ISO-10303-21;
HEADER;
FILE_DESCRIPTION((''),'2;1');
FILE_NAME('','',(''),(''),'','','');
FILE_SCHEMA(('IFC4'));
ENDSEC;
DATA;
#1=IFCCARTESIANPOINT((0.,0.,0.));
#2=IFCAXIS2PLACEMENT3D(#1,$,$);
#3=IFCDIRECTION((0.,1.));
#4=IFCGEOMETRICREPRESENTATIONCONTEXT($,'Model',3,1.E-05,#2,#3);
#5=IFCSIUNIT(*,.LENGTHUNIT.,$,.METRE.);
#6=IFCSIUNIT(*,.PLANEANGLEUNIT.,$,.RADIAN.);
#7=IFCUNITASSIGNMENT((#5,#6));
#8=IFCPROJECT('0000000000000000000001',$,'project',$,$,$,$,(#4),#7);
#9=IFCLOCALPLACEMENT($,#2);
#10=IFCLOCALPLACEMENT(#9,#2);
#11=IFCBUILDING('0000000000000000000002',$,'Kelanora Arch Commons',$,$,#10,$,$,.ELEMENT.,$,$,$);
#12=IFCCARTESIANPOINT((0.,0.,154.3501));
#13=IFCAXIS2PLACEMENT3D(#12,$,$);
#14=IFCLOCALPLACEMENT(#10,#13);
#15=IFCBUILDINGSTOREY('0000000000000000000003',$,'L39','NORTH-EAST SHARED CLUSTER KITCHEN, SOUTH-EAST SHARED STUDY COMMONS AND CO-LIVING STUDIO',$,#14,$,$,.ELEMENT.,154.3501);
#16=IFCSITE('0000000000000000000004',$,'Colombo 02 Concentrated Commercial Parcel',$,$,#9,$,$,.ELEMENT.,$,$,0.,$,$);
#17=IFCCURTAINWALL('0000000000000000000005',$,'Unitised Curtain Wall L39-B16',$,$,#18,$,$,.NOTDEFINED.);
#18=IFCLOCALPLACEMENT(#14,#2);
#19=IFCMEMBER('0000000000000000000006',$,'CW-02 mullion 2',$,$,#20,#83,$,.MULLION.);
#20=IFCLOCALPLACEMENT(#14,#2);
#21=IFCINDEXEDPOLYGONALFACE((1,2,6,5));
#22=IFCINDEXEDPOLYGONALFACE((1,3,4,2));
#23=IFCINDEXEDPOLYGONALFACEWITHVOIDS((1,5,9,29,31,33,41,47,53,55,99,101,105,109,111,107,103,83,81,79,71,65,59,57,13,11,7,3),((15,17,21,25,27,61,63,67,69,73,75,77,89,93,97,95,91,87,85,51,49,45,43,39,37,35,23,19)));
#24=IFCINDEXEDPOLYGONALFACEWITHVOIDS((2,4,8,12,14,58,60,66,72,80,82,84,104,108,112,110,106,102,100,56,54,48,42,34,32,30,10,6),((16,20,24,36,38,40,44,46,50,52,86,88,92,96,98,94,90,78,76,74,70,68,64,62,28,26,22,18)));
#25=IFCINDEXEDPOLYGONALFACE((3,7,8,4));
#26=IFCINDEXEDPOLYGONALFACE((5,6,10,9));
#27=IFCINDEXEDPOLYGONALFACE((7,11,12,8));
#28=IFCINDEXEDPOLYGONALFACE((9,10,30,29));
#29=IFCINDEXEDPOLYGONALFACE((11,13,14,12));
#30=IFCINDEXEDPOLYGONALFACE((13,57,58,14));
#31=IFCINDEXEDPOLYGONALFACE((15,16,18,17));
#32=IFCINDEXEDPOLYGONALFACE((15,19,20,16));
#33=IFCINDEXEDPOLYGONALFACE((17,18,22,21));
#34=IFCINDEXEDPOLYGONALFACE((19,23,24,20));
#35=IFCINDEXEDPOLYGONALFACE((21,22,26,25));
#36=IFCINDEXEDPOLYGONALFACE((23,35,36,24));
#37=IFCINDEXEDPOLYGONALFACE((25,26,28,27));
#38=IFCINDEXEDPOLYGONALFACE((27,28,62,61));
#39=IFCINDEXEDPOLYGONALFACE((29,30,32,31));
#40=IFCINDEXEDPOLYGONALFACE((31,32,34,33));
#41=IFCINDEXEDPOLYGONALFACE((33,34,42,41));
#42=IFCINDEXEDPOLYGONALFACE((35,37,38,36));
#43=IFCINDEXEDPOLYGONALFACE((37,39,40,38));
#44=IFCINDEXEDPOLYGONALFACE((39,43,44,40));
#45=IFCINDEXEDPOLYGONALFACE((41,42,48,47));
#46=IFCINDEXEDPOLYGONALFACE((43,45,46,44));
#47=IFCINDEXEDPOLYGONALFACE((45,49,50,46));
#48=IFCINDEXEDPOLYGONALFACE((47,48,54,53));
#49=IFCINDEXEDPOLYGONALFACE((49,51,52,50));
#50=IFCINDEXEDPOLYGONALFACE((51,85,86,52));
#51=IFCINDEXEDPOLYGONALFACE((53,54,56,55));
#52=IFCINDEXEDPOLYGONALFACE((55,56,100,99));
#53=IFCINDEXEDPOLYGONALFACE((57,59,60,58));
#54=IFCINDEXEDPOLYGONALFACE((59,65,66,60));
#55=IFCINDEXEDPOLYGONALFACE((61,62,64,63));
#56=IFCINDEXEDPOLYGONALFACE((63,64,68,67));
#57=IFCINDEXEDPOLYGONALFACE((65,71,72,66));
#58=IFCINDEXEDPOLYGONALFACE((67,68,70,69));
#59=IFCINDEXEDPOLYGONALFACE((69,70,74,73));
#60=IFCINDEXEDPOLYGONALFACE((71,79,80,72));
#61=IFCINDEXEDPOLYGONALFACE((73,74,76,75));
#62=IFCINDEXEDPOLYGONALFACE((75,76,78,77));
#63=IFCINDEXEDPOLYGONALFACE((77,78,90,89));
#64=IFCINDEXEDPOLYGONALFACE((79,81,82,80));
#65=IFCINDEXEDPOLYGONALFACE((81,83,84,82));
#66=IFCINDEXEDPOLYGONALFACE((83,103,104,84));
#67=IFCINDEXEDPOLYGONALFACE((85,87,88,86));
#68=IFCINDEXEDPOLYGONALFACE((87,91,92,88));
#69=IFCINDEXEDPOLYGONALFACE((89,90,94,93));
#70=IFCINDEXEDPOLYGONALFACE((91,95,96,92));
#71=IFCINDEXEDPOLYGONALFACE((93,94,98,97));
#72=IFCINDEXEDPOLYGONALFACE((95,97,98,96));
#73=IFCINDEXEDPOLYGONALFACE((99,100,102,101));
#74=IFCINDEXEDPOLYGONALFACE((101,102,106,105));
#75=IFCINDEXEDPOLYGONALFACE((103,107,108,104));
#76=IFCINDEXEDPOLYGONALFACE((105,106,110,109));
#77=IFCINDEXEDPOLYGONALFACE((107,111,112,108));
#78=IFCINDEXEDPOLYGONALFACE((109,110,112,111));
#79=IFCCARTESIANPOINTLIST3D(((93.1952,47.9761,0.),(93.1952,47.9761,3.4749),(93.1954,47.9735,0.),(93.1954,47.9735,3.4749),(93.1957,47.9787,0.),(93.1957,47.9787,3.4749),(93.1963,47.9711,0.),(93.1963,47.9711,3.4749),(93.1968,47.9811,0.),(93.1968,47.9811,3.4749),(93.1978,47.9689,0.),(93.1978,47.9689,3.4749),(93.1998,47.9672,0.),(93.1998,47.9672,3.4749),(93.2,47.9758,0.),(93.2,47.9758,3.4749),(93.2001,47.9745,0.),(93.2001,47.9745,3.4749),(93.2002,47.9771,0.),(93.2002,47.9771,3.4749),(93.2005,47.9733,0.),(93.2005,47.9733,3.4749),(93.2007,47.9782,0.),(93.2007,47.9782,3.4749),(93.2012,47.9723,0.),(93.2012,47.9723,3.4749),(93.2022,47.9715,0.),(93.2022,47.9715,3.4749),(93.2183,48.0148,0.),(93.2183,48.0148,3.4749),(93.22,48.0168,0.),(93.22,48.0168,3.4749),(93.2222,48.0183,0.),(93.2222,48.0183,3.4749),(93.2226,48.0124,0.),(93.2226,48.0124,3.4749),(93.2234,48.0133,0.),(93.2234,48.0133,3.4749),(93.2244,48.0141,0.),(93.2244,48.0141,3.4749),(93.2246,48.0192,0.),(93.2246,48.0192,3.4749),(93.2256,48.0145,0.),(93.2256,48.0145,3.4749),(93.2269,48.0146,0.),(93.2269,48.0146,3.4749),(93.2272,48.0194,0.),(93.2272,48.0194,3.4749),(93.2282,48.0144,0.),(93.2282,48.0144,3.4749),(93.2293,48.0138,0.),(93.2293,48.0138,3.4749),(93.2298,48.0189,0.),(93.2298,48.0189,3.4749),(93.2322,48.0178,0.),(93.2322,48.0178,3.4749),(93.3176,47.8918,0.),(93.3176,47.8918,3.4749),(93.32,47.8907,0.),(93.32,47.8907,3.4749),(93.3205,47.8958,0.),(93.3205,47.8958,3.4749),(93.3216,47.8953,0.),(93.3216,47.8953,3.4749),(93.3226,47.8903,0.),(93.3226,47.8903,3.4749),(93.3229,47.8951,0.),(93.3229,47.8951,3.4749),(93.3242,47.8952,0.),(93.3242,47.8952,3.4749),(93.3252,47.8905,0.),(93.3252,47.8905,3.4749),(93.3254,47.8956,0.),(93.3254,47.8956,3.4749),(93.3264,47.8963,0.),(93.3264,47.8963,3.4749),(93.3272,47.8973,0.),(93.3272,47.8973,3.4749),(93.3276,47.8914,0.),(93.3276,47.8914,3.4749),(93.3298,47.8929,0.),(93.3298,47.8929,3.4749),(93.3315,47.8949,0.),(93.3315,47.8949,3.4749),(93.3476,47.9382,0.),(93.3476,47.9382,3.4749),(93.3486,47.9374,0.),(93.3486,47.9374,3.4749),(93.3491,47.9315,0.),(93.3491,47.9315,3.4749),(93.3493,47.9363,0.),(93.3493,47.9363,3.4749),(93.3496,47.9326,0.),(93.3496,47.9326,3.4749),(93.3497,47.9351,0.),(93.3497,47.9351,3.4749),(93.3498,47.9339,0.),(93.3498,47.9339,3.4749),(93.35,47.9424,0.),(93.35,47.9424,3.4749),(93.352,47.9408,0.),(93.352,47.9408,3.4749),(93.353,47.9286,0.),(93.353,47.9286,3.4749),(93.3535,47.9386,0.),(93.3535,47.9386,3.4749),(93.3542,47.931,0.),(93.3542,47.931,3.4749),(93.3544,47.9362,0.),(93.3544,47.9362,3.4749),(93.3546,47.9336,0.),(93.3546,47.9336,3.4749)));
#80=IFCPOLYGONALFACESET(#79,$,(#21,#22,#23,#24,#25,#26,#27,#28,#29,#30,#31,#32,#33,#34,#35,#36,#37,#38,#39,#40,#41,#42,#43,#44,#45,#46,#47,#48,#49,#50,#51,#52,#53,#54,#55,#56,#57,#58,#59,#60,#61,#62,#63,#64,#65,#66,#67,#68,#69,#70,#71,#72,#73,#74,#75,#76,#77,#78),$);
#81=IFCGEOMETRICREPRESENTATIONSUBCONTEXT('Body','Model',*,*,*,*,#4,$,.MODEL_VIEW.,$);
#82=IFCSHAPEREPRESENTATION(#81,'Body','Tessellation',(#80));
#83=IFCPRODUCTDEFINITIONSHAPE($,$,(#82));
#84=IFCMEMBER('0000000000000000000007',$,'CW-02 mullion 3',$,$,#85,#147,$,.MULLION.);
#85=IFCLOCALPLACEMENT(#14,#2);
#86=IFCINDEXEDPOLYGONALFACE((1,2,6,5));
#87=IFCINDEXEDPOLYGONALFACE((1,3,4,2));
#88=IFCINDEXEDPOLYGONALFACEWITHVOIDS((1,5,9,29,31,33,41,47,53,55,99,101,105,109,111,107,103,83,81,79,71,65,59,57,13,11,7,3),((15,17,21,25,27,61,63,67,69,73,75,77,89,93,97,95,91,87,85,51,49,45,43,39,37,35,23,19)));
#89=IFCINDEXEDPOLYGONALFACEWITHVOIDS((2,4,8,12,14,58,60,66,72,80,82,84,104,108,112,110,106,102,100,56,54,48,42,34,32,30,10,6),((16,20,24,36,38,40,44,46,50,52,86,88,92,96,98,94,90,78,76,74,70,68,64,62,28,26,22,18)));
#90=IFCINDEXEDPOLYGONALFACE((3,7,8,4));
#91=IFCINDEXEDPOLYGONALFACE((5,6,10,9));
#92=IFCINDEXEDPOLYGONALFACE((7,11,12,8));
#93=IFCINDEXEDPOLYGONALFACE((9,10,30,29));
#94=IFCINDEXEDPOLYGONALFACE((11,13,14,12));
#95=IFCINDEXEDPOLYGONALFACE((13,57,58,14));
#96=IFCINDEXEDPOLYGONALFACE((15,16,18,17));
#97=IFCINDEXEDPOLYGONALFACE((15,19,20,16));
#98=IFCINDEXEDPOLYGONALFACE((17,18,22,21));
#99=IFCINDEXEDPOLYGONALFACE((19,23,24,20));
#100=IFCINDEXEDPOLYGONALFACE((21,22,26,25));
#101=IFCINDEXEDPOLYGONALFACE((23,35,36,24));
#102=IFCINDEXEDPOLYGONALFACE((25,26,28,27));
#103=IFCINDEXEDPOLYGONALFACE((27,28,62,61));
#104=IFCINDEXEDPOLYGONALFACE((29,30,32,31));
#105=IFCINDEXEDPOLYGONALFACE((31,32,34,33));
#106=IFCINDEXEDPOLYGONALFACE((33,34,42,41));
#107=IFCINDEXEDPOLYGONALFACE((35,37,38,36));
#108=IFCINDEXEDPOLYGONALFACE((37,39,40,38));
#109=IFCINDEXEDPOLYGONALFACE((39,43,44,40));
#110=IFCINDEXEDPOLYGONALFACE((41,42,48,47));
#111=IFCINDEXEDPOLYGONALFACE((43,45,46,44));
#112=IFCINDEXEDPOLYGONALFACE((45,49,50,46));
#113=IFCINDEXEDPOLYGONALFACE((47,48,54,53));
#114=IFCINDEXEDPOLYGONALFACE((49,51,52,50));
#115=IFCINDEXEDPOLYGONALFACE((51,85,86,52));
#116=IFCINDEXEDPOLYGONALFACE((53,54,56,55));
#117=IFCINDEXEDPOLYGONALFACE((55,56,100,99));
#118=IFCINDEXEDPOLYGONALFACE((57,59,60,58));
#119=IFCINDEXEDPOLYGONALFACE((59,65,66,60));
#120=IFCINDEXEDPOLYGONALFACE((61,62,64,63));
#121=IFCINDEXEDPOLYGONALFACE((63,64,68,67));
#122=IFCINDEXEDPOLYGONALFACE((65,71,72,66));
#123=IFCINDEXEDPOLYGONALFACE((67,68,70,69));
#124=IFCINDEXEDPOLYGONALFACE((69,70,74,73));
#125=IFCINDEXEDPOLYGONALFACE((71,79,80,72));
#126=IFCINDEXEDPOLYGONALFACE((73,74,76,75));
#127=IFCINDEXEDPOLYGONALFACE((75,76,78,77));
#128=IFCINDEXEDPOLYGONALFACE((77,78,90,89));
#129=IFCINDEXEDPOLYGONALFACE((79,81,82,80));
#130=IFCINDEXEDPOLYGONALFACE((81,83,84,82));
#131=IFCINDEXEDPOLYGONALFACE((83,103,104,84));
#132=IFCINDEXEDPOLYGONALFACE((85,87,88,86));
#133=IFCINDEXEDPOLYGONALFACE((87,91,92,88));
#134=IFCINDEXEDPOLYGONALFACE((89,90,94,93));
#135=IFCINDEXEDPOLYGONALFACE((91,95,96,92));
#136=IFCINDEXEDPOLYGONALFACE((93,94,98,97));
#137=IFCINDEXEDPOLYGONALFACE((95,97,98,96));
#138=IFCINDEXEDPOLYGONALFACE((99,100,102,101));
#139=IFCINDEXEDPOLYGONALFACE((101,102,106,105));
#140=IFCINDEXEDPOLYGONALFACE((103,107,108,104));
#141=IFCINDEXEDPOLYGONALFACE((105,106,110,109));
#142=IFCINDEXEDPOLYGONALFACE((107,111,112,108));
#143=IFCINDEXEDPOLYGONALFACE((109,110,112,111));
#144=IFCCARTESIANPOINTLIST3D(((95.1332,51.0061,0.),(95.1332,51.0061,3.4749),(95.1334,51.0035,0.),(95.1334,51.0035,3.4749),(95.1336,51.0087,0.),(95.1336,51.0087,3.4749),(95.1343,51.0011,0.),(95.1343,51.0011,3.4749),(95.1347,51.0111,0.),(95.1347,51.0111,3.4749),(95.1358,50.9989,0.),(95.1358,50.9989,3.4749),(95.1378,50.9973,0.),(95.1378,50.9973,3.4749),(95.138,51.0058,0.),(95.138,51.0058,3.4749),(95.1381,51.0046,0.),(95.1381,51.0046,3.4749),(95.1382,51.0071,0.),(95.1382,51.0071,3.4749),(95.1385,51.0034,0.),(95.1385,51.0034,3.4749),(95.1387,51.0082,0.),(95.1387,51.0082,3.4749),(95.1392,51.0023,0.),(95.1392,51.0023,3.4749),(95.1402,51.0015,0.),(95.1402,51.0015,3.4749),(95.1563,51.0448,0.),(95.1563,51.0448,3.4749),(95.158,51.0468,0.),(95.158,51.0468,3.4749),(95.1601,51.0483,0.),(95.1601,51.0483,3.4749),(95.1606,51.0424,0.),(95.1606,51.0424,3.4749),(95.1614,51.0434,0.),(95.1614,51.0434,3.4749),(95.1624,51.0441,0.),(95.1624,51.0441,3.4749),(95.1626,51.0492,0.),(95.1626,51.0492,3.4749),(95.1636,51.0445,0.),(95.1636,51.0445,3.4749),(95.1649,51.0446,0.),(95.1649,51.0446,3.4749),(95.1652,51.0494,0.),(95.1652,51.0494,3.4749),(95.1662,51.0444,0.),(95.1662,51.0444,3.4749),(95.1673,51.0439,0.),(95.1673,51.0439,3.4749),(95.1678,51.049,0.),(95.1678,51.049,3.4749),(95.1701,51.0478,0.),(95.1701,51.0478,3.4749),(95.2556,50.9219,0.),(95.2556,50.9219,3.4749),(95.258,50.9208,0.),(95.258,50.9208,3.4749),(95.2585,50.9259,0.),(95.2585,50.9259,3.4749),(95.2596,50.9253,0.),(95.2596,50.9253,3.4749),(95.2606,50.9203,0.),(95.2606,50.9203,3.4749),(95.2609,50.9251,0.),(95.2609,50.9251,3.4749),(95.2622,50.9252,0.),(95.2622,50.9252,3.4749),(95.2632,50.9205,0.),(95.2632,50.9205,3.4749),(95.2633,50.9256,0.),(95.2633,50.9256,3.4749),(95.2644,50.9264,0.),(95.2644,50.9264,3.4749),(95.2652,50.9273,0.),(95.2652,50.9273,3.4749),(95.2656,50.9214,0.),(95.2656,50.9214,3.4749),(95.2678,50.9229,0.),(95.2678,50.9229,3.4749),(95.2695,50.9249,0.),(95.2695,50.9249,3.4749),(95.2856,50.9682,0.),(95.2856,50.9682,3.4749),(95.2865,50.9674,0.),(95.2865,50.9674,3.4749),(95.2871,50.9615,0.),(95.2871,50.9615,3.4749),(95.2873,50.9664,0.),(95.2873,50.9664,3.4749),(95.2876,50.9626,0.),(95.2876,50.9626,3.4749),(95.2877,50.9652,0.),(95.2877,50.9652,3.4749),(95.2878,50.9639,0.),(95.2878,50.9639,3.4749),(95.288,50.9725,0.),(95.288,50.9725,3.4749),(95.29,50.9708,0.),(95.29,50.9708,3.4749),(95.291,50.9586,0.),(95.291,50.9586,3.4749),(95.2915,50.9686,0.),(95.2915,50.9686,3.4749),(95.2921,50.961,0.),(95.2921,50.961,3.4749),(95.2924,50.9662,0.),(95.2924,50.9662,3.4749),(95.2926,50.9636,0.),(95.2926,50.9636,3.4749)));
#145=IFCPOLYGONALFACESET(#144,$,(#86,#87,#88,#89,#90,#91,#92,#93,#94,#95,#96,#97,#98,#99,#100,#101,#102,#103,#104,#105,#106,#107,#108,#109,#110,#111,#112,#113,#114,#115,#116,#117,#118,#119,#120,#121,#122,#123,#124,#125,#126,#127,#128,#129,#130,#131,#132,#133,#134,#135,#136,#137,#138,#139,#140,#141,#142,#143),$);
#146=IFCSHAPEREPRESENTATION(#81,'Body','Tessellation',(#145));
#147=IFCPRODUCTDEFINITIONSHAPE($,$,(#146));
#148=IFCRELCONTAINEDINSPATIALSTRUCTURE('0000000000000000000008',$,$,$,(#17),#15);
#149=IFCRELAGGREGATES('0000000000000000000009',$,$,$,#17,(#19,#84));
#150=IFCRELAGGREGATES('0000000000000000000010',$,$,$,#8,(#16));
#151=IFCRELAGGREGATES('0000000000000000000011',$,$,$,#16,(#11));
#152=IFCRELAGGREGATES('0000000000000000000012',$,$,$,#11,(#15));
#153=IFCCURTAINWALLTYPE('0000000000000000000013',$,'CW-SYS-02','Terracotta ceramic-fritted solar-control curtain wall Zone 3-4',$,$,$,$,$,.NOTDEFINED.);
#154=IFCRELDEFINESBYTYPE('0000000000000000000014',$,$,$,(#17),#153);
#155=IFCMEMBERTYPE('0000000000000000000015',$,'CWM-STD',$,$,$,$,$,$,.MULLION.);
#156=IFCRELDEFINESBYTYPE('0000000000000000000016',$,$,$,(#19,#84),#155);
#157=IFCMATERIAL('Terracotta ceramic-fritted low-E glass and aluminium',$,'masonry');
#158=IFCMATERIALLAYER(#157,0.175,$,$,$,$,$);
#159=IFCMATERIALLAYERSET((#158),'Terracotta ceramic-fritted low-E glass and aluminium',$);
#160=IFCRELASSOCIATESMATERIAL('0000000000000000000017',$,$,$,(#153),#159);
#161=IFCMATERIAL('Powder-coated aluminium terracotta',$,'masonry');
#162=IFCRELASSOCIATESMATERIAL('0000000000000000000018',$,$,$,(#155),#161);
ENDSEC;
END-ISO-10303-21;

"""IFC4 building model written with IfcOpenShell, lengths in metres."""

from ifc_helpers import new_model, si_unit, direction, frame, origin, origin_2d, place, context, subcontext, project, spatial, hollow_rectangle, extrude, material, layer, layer_set, material_profile, profile_set, type_object, element, aggregate, save


model = new_model("IFC4")

# Units and contexts
model_context = context("Model", 3, precision=1e-05, world=origin(), true_north=direction((0.0, 1.0)))
body_context = subcontext(model_context, "Body", "Model", "MODEL_VIEW")
ifc_project = project(units=[si_unit("LENGTHUNIT", "METRE"), si_unit("PLANEANGLEUNIT", "RADIAN")], contexts=[model_context])

# Site, building, storey
site_placement = place(None, origin())
site = spatial("IfcSite", under=ifc_project, at=site_placement, Name="Colombo 02 Concentrated Commercial Parcel", CompositionType="ELEMENT", RefElevation=0.0)
building_placement = place(site_placement, origin())
building = spatial("IfcBuilding", under=site, at=building_placement, Name="Kelanora Arch Commons", CompositionType="ELEMENT")
storey_placement = place(building_placement, frame((0.0, 0.0, 154.3501)))
storey = spatial("IfcBuildingStorey", under=building, at=storey_placement, Name="L39", Description="NORTH-EAST SHARED CLUSTER KITCHEN, SOUTH-EAST SHARED STUDY COMMONS AND CO-LIVING STUDIO", CompositionType="ELEMENT", Elevation=154.3501)

# Curtain wall, members
ifc_material_1 = material(Name="Terracotta ceramic-fritted low-E glass and aluminium", Category="masonry")
ifc_layer_1 = layer(ifc_material_1, 0.175)
ifc_layer_set_1 = layer_set([ifc_layer_1], Name="Terracotta ceramic-fritted low-E glass and aluminium")
curtain_wall_type = type_object("IfcCurtainWallType", Name="CW-SYS-02", Description="Terracotta ceramic-fritted solar-control curtain wall Zone 3-4", PredefinedType="NOTDEFINED", material=ifc_layer_set_1)
curtain_wall_placement = place(storey_placement, origin())
curtain_wall = element("IfcCurtainWall", 1, at=curtain_wall_placement, inside=storey, type_object=curtain_wall_type, Name="Unitised Curtain Wall L39-B16", PredefinedType="NOTDEFINED")
ifc_material_2 = material(Name="Powder-coated aluminium terracotta", Category="masonry")
ifc_material_profile_1 = material_profile(ifc_material_2, hollow_rectangle(XDim=0.1599, YDim=0.0601, WallThickness=0.0049, InnerFilletRadius=0.0049, OuterFilletRadius=0.01, at=origin_2d()), Name="CWM160x60")
ifc_profile_set_1 = profile_set([ifc_material_profile_1], Name="Powder-coated aluminium terracotta")
member_type_1 = type_object("IfcMemberType", Name="CWM-STD", PredefinedType="MULLION", material=ifc_profile_set_1)
member_1_placement = place(storey_placement, frame((93.2749, 47.9548, 0.0), z_axis=(0.0, 0.0, 1.0), x_axis=(-0.842423, 0.538817, 0.0)))
member_1 = element("IfcMember", 2, at=member_1_placement, type_object=member_type_1, Name="CW-02 mullion 2", PredefinedType="MULLION", context=body_context, shape_type="SweptSolid", body=[
    extrude(hollow_rectangle(XDim=0.1599, YDim=0.0601, WallThickness=0.0049, InnerFilletRadius=0.0049, OuterFilletRadius=0.01, at=origin_2d()), origin(), (0.0, 0.0, 1.0), 3.4749),
])
member_2_placement = place(storey_placement, frame((95.2129, 50.9849, 0.0), z_axis=(0.0, 0.0, 1.0), x_axis=(-0.842423, 0.538817, 0.0)))
member_2 = element("IfcMember", 3, at=member_2_placement, type_object=member_type_1, Name="CW-02 mullion 3", PredefinedType="MULLION", context=body_context, shape_type="SweptSolid", body=[
    extrude(hollow_rectangle(XDim=0.1599, YDim=0.0601, WallThickness=0.0049, InnerFilletRadius=0.0049, OuterFilletRadius=0.01, at=origin_2d()), origin(), (0.0, 0.0, 1.0), 3.4749),
])
aggregate(curtain_wall, [member_1, member_2])

save(model, "model.ifc")
